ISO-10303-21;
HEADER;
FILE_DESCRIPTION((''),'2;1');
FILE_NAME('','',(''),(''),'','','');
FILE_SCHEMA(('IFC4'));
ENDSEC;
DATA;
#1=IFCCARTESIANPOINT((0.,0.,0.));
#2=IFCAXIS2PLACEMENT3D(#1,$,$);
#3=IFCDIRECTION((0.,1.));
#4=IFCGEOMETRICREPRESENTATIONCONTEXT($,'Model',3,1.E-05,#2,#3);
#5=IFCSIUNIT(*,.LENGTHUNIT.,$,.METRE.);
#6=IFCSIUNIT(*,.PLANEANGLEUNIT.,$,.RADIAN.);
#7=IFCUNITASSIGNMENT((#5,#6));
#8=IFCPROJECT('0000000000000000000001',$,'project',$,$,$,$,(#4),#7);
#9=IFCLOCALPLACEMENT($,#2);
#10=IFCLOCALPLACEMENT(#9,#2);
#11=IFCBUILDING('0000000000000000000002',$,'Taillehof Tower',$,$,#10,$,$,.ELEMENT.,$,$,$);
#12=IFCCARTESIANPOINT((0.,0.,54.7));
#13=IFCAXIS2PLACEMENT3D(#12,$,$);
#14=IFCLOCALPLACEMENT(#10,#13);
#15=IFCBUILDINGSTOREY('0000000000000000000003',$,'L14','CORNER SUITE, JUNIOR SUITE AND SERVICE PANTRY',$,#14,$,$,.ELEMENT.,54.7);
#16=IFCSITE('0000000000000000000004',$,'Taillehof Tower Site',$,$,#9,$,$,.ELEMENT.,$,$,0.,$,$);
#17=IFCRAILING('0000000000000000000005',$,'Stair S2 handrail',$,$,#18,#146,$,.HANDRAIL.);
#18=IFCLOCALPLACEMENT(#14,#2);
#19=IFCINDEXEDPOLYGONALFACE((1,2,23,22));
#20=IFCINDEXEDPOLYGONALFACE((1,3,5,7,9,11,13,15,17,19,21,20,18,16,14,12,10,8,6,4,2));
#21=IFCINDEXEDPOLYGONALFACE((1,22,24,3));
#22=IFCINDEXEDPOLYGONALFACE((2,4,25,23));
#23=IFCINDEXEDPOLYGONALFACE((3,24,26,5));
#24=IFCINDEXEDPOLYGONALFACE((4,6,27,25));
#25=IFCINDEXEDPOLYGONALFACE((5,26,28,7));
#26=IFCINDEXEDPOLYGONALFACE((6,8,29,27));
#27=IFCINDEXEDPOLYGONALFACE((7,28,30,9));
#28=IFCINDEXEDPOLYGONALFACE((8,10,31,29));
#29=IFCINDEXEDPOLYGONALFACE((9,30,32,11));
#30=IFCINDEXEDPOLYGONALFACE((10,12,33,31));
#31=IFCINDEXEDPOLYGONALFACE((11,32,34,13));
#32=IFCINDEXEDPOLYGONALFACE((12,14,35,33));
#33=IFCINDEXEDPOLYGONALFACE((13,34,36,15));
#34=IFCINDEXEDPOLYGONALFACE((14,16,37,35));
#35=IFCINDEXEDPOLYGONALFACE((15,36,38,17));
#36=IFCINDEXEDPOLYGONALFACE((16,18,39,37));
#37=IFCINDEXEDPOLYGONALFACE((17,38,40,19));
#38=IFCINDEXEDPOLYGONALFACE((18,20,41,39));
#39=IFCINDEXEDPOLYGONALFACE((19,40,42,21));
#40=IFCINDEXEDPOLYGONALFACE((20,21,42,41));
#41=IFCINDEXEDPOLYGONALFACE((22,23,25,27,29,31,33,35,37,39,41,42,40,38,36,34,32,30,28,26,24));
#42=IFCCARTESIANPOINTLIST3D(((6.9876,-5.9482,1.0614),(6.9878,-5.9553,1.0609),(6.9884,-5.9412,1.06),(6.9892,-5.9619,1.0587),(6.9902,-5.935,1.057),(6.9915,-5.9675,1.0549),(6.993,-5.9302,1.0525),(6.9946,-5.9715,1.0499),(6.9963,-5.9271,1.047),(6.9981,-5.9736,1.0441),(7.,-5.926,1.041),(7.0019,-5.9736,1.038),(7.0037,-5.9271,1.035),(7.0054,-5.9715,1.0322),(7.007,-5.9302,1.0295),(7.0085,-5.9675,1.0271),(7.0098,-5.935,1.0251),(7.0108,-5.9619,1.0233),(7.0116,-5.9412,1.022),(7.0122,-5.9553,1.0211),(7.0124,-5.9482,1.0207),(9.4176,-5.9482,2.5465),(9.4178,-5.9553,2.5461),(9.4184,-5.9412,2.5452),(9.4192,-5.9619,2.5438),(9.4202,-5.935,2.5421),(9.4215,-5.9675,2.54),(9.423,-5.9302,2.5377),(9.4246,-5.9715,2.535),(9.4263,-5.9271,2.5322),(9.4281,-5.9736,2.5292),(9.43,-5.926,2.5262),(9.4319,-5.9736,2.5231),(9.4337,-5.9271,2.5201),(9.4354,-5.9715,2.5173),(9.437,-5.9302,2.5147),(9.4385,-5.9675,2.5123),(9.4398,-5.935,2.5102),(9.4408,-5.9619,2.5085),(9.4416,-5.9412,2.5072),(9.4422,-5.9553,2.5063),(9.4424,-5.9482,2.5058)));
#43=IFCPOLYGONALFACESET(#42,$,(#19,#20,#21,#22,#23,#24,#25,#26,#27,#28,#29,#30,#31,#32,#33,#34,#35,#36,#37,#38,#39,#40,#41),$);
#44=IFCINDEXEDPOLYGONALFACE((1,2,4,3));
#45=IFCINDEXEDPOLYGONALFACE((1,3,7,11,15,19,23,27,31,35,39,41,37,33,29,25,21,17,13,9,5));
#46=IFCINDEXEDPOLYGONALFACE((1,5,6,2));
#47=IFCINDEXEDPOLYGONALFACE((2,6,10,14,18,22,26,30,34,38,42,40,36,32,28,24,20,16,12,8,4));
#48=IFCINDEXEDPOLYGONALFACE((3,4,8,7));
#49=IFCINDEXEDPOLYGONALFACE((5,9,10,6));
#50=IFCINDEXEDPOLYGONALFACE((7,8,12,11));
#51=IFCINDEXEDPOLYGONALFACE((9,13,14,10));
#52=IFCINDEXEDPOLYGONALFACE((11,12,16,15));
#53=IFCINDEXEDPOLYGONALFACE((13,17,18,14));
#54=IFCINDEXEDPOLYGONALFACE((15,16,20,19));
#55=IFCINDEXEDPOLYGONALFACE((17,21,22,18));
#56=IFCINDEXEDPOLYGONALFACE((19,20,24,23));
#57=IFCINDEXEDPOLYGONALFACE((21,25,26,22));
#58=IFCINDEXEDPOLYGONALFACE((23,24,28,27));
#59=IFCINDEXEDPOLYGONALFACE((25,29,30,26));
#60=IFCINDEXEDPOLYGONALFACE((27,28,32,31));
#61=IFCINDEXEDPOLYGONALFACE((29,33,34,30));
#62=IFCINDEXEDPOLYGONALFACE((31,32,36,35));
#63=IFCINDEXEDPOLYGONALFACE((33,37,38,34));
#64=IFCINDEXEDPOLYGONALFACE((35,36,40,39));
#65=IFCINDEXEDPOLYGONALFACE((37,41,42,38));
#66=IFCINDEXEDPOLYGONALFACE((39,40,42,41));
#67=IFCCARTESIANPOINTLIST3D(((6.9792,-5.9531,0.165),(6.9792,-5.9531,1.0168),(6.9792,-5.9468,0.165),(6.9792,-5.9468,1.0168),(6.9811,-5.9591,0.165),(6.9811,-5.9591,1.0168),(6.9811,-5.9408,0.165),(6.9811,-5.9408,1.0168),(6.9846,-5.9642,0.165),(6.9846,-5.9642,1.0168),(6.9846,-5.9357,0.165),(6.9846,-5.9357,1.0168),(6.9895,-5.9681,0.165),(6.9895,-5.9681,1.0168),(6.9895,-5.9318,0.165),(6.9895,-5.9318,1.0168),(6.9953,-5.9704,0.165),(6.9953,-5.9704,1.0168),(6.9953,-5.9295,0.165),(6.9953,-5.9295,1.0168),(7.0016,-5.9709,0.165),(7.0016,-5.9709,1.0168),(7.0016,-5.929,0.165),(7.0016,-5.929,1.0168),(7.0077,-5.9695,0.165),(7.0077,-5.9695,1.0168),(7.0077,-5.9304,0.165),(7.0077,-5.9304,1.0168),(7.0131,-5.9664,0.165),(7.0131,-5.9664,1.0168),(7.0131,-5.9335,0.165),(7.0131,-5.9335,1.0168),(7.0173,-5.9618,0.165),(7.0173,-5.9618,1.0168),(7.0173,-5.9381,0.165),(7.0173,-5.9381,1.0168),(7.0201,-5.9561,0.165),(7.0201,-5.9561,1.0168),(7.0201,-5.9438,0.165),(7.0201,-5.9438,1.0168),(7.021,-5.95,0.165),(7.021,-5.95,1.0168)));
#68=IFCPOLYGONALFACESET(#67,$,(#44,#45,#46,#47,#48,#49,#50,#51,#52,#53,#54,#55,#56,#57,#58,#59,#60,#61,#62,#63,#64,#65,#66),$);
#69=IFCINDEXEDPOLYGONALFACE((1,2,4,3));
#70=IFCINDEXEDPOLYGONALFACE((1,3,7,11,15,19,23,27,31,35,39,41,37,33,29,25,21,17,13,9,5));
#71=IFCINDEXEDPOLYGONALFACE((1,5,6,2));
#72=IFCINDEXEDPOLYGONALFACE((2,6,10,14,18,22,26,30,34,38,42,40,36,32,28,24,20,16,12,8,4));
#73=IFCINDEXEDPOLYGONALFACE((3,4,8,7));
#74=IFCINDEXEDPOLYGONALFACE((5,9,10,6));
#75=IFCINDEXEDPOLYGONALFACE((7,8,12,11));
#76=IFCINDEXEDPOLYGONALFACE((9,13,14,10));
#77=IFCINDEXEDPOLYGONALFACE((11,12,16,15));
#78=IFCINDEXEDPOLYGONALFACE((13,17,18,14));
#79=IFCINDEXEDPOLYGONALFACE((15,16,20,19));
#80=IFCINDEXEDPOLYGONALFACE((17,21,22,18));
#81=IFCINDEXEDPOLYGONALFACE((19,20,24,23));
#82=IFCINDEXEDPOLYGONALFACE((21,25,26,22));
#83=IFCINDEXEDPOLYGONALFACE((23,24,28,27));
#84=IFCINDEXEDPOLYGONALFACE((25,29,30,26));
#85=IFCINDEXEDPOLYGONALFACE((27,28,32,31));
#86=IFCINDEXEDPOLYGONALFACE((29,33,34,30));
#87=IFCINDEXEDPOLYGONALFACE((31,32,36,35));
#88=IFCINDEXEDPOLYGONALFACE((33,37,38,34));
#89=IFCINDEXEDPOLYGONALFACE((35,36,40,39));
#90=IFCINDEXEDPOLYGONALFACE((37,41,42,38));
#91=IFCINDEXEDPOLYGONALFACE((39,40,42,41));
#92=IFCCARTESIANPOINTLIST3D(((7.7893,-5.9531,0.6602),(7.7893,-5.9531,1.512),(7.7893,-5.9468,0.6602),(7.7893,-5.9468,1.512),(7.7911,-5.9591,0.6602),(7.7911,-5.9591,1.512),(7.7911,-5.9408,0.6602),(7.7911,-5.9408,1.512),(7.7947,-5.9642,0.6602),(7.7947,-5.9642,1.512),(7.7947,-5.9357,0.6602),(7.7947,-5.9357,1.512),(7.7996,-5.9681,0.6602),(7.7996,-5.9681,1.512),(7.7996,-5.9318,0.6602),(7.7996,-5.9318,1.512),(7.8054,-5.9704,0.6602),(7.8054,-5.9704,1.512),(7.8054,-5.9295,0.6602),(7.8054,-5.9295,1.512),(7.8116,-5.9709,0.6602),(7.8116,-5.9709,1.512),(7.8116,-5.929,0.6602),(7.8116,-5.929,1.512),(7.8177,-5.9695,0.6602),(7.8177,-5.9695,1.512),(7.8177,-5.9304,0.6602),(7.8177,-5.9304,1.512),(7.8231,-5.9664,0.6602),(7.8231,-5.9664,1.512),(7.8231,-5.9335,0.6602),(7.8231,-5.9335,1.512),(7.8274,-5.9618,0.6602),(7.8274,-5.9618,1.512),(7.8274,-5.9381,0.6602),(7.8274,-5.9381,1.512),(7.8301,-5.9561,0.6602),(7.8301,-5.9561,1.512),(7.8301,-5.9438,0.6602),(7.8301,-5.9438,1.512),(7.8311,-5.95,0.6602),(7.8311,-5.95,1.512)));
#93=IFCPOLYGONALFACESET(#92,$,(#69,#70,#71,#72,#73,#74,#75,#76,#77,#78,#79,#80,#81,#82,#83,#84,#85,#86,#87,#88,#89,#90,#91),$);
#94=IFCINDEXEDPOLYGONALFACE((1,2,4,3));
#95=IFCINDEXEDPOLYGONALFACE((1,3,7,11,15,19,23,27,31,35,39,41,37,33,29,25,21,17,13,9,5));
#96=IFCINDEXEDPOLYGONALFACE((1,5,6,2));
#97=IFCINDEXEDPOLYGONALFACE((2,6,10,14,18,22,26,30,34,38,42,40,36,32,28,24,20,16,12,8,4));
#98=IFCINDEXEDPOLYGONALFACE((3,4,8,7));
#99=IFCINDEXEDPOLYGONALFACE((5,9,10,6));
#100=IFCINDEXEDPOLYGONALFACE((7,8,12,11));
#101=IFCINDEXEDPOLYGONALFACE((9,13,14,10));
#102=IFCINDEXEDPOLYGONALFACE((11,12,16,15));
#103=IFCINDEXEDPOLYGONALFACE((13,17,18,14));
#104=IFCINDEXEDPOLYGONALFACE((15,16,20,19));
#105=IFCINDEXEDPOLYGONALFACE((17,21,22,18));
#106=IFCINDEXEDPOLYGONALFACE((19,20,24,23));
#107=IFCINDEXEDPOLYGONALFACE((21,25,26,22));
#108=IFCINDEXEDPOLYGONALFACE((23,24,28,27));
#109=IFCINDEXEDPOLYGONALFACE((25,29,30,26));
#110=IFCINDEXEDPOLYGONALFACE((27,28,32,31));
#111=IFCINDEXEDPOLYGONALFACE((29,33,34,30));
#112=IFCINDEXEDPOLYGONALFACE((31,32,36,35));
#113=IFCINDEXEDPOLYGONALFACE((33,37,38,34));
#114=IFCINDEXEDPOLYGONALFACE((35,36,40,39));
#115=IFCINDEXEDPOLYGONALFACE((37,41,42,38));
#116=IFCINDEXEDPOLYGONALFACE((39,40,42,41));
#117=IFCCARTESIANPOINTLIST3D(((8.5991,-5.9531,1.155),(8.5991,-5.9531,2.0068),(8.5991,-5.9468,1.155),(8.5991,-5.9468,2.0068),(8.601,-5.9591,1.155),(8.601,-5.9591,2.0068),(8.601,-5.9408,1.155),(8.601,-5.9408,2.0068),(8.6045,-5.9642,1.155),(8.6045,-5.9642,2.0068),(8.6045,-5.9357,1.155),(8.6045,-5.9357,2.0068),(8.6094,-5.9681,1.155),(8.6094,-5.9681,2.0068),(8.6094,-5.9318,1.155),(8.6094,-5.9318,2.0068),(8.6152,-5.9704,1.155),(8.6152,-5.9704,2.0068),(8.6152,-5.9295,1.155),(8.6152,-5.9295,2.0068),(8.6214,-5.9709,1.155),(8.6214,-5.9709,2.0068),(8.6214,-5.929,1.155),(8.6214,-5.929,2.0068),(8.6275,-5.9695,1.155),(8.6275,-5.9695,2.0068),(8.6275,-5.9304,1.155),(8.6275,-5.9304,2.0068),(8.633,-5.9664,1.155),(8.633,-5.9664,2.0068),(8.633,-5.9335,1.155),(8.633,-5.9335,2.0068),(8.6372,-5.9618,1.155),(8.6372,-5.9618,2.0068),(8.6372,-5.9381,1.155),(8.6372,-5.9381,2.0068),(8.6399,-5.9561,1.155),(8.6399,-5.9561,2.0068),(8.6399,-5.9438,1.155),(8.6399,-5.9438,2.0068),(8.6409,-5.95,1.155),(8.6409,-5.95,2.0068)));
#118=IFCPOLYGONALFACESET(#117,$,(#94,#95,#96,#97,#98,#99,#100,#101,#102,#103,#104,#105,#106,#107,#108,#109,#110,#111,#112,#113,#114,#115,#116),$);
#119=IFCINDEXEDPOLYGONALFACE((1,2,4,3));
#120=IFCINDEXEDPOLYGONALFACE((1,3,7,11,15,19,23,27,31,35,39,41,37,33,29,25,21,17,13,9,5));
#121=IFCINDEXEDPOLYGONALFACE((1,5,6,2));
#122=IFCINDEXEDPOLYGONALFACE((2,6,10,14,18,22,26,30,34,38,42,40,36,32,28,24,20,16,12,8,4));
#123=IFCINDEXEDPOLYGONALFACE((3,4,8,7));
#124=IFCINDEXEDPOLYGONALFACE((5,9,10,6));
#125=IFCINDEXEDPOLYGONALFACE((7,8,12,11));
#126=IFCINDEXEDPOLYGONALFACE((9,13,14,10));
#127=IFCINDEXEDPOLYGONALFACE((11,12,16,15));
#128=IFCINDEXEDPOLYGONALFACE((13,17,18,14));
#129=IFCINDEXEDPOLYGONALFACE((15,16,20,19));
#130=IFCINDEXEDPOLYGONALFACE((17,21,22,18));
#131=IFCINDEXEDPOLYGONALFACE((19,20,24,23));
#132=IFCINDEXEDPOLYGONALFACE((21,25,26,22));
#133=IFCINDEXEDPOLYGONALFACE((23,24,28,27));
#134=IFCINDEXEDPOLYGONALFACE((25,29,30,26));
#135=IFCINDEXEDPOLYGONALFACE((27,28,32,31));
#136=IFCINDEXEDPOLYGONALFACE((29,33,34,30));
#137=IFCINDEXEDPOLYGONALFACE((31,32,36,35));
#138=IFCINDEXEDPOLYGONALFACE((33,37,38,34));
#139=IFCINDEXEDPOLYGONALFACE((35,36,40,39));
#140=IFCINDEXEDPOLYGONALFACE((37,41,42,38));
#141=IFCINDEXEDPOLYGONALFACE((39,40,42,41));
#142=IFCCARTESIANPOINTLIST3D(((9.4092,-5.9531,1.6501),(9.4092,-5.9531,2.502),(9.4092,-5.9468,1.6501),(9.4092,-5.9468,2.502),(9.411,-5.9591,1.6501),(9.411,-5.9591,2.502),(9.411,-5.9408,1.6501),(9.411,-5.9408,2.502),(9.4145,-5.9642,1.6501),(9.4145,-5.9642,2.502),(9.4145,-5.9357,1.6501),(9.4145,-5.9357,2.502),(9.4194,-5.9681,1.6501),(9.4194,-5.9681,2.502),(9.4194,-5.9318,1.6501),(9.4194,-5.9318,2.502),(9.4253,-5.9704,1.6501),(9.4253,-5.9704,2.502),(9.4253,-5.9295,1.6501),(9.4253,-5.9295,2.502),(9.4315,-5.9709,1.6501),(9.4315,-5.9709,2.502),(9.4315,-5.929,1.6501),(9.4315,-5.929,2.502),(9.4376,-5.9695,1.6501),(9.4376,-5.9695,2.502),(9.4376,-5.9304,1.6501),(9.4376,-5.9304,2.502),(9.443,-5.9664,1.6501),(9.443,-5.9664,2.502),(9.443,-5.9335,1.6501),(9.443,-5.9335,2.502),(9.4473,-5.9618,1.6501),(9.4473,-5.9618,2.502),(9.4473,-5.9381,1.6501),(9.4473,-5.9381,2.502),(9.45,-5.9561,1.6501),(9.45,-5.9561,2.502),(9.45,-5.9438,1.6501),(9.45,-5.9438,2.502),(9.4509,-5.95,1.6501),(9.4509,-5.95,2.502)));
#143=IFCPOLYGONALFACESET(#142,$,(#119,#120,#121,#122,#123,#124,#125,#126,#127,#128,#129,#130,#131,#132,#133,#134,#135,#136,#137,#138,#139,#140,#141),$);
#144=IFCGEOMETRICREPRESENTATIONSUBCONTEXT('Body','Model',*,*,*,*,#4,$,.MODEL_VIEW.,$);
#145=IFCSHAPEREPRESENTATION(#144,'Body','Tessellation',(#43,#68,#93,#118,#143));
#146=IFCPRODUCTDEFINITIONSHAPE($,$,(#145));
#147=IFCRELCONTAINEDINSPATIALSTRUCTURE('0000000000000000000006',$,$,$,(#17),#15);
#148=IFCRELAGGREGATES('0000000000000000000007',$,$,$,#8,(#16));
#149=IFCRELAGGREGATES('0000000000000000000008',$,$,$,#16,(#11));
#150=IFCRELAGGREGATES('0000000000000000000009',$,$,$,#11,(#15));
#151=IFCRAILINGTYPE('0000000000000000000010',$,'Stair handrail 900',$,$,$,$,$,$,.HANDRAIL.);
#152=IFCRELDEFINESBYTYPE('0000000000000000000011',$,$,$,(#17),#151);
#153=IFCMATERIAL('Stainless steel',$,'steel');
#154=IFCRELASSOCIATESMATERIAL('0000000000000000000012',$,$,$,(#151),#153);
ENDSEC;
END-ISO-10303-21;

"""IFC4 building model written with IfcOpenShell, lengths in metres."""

from ifc_helpers import new_model, si_unit, direction, frame, origin, origin_2d, place, context, subcontext, project, spatial, circle, extrude, material, type_object, element, save


model = new_model("IFC4")

# Units and contexts
model_context = context("Model", 3, precision=1e-05, world=origin(), true_north=direction((0.0, 1.0)))
body_context = subcontext(model_context, "Body", "Model", "MODEL_VIEW")
ifc_project = project(units=[si_unit("LENGTHUNIT", "METRE"), si_unit("PLANEANGLEUNIT", "RADIAN")], contexts=[model_context])

# Site, building, storey
site_placement = place(None, origin())
site = spatial("IfcSite", under=ifc_project, at=site_placement, Name="Taillehof Tower Site", CompositionType="ELEMENT", RefElevation=0.0)
building_placement = place(site_placement, origin())
building = spatial("IfcBuilding", under=site, at=building_placement, Name="Taillehof Tower", CompositionType="ELEMENT")
storey_placement = place(building_placement, frame((0.0, 0.0, 54.7)))
storey = spatial("IfcBuildingStorey", under=building, at=storey_placement, Name="L14", Description="CORNER SUITE, JUNIOR SUITE AND SERVICE PANTRY", CompositionType="ELEMENT", Elevation=54.7)

# Railing
ifc_material_1 = material(Name="Stainless steel", Category="steel")
railing_type = type_object("IfcRailingType", Name="Stair handrail 900", PredefinedType="HANDRAIL", material=ifc_material_1)
railing_placement = place(storey_placement, frame((7.0, -5.95, 0.165)))
element("IfcRailing", 1, at=railing_placement, inside=storey, type_object=railing_type, Name="Stair S2 handrail", PredefinedType="HANDRAIL", context=body_context, shape_type="SweptSolid", body=[
    extrude(circle(Radius=0.0239, at=origin_2d()), frame((0.0, 0.0, 0.876), z_axis=(0.853259, 0.0, 0.521488), x_axis=(0.0, 1.0, 0.0)), (0.0, 0.0, 1.0), 2.8479),
    extrude(circle(Radius=0.021, at=origin_2d()), origin(), (0.0, 0.0, 1.0), 0.8518),
    extrude(circle(Radius=0.021, at=origin_2d()), frame((0.8101, 0.0, 0.4951)), (0.0, 0.0, 1.0), 0.8518),
    extrude(circle(Radius=0.021, at=origin_2d()), frame((1.6199, 0.0, 0.99)), (0.0, 0.0, 1.0), 0.8518),
    extrude(circle(Radius=0.021, at=origin_2d()), frame((2.4299, 0.0, 1.4851)), (0.0, 0.0, 1.0), 0.8518),
])

save(model, "model.ifc")
